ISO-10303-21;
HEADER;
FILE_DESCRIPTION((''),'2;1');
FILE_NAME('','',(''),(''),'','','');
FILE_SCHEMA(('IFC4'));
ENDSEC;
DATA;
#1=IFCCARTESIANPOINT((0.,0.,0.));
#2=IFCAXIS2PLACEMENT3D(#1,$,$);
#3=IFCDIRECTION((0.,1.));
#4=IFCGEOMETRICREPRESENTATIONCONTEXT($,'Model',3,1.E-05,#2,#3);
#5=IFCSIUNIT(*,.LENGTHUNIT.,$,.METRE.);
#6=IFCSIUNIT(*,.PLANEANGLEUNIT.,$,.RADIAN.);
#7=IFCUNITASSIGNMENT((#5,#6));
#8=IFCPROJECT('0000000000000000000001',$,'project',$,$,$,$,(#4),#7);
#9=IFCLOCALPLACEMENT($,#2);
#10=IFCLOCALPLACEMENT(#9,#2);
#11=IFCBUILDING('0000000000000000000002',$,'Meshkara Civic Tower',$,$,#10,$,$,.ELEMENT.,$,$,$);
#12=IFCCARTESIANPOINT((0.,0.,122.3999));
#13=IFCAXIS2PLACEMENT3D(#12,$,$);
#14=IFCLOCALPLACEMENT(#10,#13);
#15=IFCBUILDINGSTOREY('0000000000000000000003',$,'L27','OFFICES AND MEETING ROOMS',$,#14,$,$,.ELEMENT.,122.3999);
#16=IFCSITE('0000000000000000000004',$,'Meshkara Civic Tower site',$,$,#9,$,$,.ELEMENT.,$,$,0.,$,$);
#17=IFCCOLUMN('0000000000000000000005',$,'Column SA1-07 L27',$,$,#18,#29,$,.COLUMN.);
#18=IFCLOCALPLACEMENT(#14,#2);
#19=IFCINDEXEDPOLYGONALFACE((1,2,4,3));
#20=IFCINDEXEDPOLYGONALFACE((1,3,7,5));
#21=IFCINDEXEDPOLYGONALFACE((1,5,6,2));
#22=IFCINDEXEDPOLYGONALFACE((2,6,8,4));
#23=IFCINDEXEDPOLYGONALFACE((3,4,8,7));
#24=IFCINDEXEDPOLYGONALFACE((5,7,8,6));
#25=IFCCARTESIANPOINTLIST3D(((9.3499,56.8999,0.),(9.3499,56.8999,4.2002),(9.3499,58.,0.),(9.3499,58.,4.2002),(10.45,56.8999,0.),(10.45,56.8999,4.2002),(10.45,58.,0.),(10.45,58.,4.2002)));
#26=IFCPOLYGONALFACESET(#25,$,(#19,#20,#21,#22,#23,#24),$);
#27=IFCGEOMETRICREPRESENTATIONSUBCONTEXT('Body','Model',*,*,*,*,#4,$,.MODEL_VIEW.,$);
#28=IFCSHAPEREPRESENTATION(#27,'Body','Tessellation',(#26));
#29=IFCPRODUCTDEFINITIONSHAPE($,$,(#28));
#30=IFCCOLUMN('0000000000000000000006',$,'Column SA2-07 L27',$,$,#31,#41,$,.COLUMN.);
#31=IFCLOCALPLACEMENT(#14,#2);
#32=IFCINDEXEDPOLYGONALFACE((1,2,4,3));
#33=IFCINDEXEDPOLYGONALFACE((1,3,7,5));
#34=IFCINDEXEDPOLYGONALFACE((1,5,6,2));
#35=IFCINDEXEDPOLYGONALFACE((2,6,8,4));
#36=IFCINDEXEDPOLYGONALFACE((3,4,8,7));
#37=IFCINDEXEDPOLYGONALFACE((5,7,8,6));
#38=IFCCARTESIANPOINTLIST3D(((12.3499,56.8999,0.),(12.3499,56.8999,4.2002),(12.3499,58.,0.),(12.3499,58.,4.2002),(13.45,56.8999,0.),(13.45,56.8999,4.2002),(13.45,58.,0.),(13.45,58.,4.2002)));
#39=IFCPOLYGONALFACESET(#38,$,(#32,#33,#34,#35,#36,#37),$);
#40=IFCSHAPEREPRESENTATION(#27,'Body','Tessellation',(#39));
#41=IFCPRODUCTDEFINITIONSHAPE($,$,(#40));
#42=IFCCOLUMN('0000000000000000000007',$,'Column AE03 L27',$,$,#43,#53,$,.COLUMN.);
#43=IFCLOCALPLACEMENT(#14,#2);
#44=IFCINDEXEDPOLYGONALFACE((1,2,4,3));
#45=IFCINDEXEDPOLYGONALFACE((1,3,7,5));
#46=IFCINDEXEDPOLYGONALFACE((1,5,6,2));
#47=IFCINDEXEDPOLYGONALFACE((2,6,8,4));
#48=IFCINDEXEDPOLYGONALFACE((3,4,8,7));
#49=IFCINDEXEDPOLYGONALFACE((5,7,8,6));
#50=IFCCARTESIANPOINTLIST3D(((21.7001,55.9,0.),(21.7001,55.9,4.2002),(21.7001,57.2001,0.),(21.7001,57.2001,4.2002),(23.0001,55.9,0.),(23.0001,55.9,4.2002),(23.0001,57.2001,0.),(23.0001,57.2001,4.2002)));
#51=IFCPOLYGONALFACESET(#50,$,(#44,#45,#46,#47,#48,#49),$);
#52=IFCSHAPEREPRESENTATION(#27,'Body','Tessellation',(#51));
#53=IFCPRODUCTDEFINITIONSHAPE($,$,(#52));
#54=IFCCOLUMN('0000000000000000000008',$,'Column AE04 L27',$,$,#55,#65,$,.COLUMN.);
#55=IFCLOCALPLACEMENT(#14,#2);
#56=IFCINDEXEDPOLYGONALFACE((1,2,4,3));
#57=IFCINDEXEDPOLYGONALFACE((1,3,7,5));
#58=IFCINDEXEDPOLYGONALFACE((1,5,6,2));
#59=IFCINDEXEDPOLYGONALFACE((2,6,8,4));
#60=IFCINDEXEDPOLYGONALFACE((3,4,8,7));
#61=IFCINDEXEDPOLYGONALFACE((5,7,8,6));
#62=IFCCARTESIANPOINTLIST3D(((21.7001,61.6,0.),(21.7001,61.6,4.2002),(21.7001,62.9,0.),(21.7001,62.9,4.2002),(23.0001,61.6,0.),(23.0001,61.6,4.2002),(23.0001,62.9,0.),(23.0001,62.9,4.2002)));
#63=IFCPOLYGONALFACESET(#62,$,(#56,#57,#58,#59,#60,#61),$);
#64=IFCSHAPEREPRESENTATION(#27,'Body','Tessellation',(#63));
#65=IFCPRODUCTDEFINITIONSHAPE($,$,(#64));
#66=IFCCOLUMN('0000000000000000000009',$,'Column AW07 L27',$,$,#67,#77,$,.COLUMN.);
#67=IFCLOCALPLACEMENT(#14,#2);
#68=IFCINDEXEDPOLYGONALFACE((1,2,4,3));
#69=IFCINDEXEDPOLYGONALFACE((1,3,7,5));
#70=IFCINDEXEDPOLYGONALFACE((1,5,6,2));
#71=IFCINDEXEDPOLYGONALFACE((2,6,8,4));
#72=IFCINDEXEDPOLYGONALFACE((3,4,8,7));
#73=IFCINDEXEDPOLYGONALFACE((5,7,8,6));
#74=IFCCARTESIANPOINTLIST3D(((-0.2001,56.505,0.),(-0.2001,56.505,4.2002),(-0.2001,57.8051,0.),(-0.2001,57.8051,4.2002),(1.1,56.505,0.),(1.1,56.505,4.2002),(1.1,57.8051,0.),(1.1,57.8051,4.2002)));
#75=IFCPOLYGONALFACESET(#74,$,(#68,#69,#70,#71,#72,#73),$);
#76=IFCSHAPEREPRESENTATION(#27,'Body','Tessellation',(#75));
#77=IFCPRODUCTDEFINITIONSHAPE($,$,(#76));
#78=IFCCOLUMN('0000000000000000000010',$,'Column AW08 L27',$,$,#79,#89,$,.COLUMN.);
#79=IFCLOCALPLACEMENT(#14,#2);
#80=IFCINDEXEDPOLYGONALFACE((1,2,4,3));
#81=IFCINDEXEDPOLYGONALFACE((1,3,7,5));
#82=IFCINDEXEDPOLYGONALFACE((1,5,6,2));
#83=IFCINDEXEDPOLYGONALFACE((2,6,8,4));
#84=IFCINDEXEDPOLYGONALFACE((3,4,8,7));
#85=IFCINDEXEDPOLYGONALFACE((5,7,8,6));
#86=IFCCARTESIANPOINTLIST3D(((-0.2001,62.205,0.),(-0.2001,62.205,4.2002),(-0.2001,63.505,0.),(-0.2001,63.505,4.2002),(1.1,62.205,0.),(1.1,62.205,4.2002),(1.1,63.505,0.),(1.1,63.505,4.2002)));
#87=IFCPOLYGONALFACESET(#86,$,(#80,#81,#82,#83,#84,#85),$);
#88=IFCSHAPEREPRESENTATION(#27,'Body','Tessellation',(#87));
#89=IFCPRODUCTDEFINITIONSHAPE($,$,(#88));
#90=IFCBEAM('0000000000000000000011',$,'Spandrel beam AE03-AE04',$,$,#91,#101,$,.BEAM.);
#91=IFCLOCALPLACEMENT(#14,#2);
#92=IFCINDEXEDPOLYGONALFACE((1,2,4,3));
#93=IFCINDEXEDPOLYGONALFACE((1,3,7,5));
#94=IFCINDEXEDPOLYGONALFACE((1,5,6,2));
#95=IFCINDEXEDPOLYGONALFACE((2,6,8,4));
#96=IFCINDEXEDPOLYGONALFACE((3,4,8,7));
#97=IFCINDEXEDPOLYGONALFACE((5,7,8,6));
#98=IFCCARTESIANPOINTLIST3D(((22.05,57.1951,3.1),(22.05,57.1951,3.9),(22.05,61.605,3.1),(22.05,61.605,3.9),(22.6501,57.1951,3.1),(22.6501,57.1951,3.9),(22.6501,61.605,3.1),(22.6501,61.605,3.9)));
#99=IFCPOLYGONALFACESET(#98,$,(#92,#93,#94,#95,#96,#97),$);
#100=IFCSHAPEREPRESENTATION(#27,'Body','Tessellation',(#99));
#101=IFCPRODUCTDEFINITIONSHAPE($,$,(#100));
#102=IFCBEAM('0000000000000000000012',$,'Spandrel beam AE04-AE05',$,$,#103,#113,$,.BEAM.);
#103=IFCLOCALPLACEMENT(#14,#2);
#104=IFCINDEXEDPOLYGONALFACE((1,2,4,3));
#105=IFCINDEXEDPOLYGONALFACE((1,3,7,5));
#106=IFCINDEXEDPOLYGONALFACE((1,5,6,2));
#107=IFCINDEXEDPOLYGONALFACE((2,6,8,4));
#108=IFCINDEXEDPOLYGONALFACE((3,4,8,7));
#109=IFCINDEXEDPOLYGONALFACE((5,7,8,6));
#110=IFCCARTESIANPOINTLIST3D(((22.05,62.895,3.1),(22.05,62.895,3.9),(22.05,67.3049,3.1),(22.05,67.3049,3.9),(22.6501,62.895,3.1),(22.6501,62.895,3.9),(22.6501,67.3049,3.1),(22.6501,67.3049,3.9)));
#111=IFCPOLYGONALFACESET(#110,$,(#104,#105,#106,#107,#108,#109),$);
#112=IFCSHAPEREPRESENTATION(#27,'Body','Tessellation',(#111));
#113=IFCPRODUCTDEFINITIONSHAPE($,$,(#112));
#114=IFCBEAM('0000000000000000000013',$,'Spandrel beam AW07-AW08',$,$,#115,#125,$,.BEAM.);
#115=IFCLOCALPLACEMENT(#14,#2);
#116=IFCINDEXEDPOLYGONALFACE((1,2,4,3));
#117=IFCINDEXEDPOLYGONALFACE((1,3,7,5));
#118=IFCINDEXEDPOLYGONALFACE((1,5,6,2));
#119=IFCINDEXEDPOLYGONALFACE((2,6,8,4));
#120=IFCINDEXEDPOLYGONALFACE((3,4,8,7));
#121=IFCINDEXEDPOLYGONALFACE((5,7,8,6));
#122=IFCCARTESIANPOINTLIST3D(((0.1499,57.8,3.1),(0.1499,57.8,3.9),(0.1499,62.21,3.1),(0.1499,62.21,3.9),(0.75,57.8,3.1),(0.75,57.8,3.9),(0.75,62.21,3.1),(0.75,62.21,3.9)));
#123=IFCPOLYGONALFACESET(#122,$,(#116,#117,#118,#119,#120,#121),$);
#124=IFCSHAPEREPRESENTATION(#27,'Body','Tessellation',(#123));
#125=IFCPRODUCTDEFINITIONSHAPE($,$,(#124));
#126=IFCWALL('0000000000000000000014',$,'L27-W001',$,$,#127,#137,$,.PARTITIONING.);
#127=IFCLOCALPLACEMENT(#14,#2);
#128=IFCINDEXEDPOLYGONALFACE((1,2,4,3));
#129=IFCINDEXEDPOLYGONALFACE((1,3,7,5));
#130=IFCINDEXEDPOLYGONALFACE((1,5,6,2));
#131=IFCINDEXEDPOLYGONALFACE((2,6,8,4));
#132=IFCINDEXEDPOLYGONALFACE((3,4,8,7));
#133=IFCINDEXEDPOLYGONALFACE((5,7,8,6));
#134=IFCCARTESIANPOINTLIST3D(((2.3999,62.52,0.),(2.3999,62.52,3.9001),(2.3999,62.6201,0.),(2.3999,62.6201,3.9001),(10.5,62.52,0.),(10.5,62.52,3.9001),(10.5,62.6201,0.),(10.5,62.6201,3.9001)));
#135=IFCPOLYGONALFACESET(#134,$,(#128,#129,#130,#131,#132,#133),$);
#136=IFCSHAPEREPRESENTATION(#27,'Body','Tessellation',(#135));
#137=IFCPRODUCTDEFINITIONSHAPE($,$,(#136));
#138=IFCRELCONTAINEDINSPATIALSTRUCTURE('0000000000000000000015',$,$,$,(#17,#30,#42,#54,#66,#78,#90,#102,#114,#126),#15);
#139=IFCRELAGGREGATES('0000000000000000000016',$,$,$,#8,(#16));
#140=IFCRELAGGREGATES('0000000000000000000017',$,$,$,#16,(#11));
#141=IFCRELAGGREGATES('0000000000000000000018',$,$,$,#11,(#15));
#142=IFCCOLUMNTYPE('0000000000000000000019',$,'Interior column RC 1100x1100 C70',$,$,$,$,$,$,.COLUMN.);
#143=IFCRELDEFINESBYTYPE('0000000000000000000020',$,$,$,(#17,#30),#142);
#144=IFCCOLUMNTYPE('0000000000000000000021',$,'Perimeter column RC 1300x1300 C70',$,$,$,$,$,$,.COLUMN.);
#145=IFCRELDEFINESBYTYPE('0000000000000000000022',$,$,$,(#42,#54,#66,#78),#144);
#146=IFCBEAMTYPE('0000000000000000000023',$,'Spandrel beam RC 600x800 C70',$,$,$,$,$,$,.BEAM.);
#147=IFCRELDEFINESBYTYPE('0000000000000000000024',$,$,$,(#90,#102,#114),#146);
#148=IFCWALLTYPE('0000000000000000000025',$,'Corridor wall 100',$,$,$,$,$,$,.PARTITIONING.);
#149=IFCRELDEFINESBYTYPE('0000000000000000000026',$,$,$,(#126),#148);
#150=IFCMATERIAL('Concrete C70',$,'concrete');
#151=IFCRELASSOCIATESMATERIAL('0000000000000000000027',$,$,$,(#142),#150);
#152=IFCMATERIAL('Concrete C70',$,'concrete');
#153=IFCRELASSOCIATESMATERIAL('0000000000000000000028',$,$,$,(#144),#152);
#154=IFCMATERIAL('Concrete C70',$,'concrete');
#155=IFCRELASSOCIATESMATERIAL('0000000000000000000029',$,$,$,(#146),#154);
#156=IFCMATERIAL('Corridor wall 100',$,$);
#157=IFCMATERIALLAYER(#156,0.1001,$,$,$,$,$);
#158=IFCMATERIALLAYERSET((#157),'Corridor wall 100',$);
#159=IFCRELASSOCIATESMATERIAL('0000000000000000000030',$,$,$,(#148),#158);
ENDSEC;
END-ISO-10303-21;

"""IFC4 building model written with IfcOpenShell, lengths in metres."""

from ifc_helpers import new_model, si_unit, direction, frame, frame_2d, origin, origin_2d, place, context, subcontext, project, spatial, rectangle, extrude, material, layer, layer_set, material_profile, profile_set, type_object, element, save


model = new_model("IFC4")

# Units and contexts
model_context = context("Model", 3, precision=1e-05, world=origin(), true_north=direction((0.0, 1.0)))
body_context = subcontext(model_context, "Body", "Model", "MODEL_VIEW")
ifc_project = project(units=[si_unit("LENGTHUNIT", "METRE"), si_unit("PLANEANGLEUNIT", "RADIAN")], contexts=[model_context])

# Site, building, storey
site_placement = place(None, origin())
site = spatial("IfcSite", under=ifc_project, at=site_placement, Name="Meshkara Civic Tower site", CompositionType="ELEMENT", RefElevation=0.0)
building_placement = place(site_placement, origin())
building = spatial("IfcBuilding", under=site, at=building_placement, Name="Meshkara Civic Tower", CompositionType="ELEMENT")
storey_placement = place(building_placement, frame((0.0, 0.0, 122.3999)))
storey = spatial("IfcBuildingStorey", under=building, at=storey_placement, Name="L27", Description="OFFICES AND MEETING ROOMS", CompositionType="ELEMENT", Elevation=122.3999)

# Columns
ifc_material_1 = material(Name="Concrete C70", Category="concrete")
ifc_material_profile_1 = material_profile(ifc_material_1, rectangle(XDim=1.1001, YDim=1.1001, at=origin_2d()))
ifc_profile_set_1 = profile_set([ifc_material_profile_1], Name="Concrete C70")
column_type_1 = type_object("IfcColumnType", Name="Interior column RC 1100x1100 C70", PredefinedType="COLUMN", material=ifc_profile_set_1)
for number, where, z_axis, x_axis, name in (
    (1, (9.8999, 57.45, 0.0), (0.0, 0.0, 1.0), (1.0, 0.0, 0.0), "Column SA1-07 L27"),
    (2, (12.8999, 57.45, 0.0), (0.0, 0.0, 1.0), (1.0, 0.0, 0.0), "Column SA2-07 L27"),
):
    element("IfcColumn", number, at=place(storey_placement, frame(where, z_axis=z_axis, x_axis=x_axis)), inside=storey, type_object=column_type_1, Name=name, PredefinedType="COLUMN", context=body_context, shape_type="SweptSolid", body=[
        extrude(rectangle(XDim=1.1001, YDim=1.1001, at=origin_2d()), origin(), (0.0, 0.0, 1.0), 4.2002),
    ])
ifc_material_2 = material(Name="Concrete C70", Category="concrete")
ifc_material_profile_2 = material_profile(ifc_material_2, rectangle(XDim=1.3, YDim=1.3, at=origin_2d()))
ifc_profile_set_2 = profile_set([ifc_material_profile_2], Name="Concrete C70")
column_type_2 = type_object("IfcColumnType", Name="Perimeter column RC 1300x1300 C70", PredefinedType="COLUMN", material=ifc_profile_set_2)
for number, where, z_axis, x_axis, name in (
    (3, (22.3501, 56.55, 0.0), (0.0, 0.0, 1.0), (1.0, 0.0, 0.0), "Column AE03 L27"),
    (4, (22.3501, 62.25, 0.0), (0.0, 0.0, 1.0), (1.0, 0.0, 0.0), "Column AE04 L27"),
    (5, (0.45, 57.155, 0.0), (0.0, 0.0, 1.0), (1.0, 0.0, 0.0), "Column AW07 L27"),
    (6, (0.45, 62.855, 0.0), (0.0, 0.0, 1.0), (1.0, 0.0, 0.0), "Column AW08 L27"),
):
    element("IfcColumn", number, at=place(storey_placement, frame(where, z_axis=z_axis, x_axis=x_axis)), inside=storey, type_object=column_type_2, Name=name, PredefinedType="COLUMN", context=body_context, shape_type="SweptSolid", body=[
        extrude(rectangle(XDim=1.3, YDim=1.3, at=origin_2d()), origin(), (0.0, 0.0, 1.0), 4.2002),
    ])

# Beams
ifc_material_3 = material(Name="Concrete C70", Category="concrete")
ifc_material_profile_3 = material_profile(ifc_material_3, rectangle(XDim=0.6001, YDim=0.8, at=origin_2d()))
ifc_profile_set_3 = profile_set([ifc_material_profile_3], Name="Concrete C70")
beam_type = type_object("IfcBeamType", Name="Spandrel beam RC 600x800 C70", PredefinedType="BEAM", material=ifc_profile_set_3)
for number, where, z_axis, x_axis, name in (
    (7, (22.3501, 57.1951, 3.5), (0.0, 1.0, 0.0), (-1.0, 0.0, 0.0), "Spandrel beam AE03-AE04"),
    (8, (22.3501, 62.895, 3.5), (0.0, 1.0, 0.0), (-1.0, 0.0, 0.0), "Spandrel beam AE04-AE05"),
    (9, (0.45, 62.21, 3.5), (0.0, -1.0, 0.0), (1.0, 0.0, 0.0), "Spandrel beam AW07-AW08"),
):
    element("IfcBeam", number, at=place(storey_placement, frame(where, z_axis=z_axis, x_axis=x_axis)), inside=storey, type_object=beam_type, Name=name, PredefinedType="BEAM", context=body_context, shape_type="SweptSolid", body=[
        extrude(rectangle(XDim=0.6001, YDim=0.8, at=origin_2d()), origin(), (0.0, 0.0, 1.0), 4.4099),
    ])

# Wall
ifc_material_4 = material(Name="Corridor wall 100")
ifc_layer_1 = layer(ifc_material_4, 0.1001)
ifc_layer_set_1 = layer_set([ifc_layer_1], Name="Corridor wall 100")
wall_type_1 = type_object("IfcWallType", Name="Corridor wall 100", PredefinedType="PARTITIONING", material=ifc_layer_set_1)
wall_1_placement = place(storey_placement, frame((2.3999, 62.5701, 0.0), z_axis=(0.0, 0.0, 1.0), x_axis=(1.0, 0.0, 0.0)))
element("IfcWall", 10, at=wall_1_placement, inside=storey, type_object=wall_type_1, Name="L27-W001", PredefinedType="PARTITIONING", context=body_context, shape_type="SweptSolid", body=[
    extrude(rectangle(XDim=8.1001, YDim=0.1001, at=frame_2d((4.05, 0.0))), origin(), (0.0, 0.0, 1.0), 3.9001),
])

save(model, "model.ifc")
